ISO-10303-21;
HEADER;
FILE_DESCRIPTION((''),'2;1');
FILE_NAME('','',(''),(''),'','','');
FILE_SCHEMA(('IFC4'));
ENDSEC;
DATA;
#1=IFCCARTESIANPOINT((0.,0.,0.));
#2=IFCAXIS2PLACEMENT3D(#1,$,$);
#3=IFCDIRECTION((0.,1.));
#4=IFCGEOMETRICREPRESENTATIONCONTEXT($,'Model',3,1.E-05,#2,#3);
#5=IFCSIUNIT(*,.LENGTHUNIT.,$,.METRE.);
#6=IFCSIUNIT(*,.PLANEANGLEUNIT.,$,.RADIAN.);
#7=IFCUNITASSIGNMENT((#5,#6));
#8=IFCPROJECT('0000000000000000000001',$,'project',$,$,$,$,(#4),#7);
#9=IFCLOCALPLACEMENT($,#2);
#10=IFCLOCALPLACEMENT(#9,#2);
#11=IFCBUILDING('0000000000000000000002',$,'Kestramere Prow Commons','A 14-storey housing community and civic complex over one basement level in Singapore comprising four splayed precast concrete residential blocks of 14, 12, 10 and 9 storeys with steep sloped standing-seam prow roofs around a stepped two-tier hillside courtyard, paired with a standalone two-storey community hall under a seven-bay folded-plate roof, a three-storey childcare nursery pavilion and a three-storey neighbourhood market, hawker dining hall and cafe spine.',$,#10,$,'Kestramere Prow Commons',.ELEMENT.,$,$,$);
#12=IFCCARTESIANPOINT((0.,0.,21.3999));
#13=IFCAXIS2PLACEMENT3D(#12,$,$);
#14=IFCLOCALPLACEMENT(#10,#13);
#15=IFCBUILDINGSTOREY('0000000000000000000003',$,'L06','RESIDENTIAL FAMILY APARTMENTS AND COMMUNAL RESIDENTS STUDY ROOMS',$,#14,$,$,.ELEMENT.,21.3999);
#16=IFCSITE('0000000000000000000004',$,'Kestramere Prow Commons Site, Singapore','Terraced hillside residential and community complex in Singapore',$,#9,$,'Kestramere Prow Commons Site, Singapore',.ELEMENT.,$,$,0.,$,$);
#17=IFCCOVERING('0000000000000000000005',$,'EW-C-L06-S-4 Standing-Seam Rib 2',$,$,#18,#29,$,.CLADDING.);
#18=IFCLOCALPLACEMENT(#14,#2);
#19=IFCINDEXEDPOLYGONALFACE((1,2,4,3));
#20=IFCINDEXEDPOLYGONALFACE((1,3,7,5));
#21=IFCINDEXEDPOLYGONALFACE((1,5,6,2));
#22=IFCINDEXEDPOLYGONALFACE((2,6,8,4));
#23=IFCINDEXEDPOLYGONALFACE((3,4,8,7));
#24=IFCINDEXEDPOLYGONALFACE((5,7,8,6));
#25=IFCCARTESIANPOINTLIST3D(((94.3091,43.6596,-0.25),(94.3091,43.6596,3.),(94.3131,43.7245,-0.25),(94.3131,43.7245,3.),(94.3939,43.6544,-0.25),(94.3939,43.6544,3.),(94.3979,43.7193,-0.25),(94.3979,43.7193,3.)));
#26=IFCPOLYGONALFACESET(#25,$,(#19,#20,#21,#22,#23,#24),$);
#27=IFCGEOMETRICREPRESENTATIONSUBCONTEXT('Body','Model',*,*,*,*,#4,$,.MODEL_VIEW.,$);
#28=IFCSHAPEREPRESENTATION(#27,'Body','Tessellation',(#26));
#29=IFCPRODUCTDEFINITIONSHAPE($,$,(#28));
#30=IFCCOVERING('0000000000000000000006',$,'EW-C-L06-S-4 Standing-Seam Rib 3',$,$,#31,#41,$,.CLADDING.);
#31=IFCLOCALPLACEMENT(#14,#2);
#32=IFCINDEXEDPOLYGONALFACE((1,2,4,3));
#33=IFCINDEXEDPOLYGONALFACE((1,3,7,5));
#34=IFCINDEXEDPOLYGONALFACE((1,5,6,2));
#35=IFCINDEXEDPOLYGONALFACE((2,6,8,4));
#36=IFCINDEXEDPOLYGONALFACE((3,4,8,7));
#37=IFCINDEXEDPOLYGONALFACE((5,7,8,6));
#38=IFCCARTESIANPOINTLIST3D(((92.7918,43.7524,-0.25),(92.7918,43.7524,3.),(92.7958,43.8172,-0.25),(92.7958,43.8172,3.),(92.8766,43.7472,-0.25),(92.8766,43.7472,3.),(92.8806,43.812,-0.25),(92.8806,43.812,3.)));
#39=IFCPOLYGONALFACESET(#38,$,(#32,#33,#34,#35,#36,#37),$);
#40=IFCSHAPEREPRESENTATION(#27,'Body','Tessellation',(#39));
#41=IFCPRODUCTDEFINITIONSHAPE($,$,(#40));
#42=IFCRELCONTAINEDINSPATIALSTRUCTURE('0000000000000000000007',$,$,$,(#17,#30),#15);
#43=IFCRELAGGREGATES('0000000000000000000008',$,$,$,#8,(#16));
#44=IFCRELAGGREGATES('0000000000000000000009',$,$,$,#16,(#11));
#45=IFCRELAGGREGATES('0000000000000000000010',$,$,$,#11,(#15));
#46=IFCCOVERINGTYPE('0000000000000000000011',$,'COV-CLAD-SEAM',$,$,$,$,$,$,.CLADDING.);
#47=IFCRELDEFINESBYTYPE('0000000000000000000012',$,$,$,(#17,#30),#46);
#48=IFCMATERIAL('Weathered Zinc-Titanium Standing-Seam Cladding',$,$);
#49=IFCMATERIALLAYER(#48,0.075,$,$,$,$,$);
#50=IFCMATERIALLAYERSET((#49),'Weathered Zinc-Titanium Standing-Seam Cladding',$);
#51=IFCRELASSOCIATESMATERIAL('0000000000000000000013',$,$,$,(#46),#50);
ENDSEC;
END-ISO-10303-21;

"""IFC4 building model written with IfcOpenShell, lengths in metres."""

from ifc_helpers import new_model, si_unit, direction, frame, origin, origin_2d, place, context, subcontext, project, spatial, rectangle, extrude, material, layer, layer_set, type_object, element, save


model = new_model("IFC4")

# Units and contexts
model_context = context("Model", 3, precision=1e-05, world=origin(), true_north=direction((0.0, 1.0)))
body_context = subcontext(model_context, "Body", "Model", "MODEL_VIEW")
ifc_project = project(units=[si_unit("LENGTHUNIT", "METRE"), si_unit("PLANEANGLEUNIT", "RADIAN")], contexts=[model_context])

# Site, building, storey
site_placement = place(None, origin())
site = spatial("IfcSite", under=ifc_project, at=site_placement, Name="Kestramere Prow Commons Site, Singapore", Description="Terraced hillside residential and community complex in Singapore", LongName="Kestramere Prow Commons Site, Singapore", CompositionType="ELEMENT", RefElevation=0.0)
building_placement = place(site_placement, origin())
building = spatial("IfcBuilding", under=site, at=building_placement, Name="Kestramere Prow Commons", Description="A 14-storey housing community and civic complex over one basement level in Singapore comprising four splayed precast concrete residential blocks of 14, 12, 10 and 9 storeys with steep sloped standing-seam prow roofs around a stepped two-tier hillside courtyard, paired with a standalone two-storey community hall under a seven-bay folded-plate roof, a three-storey childcare nursery pavilion and a three-storey neighbourhood market, hawker dining hall and cafe spine.", LongName="Kestramere Prow Commons", CompositionType="ELEMENT")
storey_placement = place(building_placement, frame((0.0, 0.0, 21.3999)))
storey = spatial("IfcBuildingStorey", under=building, at=storey_placement, Name="L06", Description="RESIDENTIAL FAMILY APARTMENTS AND COMMUNAL RESIDENTS STUDY ROOMS", CompositionType="ELEMENT", Elevation=21.3999)

# Coverings
ifc_material_1 = material(Name="Weathered Zinc-Titanium Standing-Seam Cladding")
ifc_layer_1 = layer(ifc_material_1, 0.075)
ifc_layer_set_1 = layer_set([ifc_layer_1], Name="Weathered Zinc-Titanium Standing-Seam Cladding")
covering_type = type_object("IfcCoveringType", Name="COV-CLAD-SEAM", PredefinedType="CLADDING", material=ifc_layer_set_1)
for number, where, z_axis, x_axis, name in (
    (1, (94.3535, 43.6895, -0.25), (0.0, 0.0, 1.0), (-0.998135, 0.061049, 0.0), "EW-C-L06-S-4 Standing-Seam Rib 2"),
    (2, (92.8362, 43.7822, -0.25), (0.0, 0.0, 1.0), (-0.998135, 0.061049, 0.0), "EW-C-L06-S-4 Standing-Seam Rib 3"),
):
    element("IfcCovering", number, at=place(storey_placement, frame(where, z_axis=z_axis, x_axis=x_axis)), inside=storey, type_object=covering_type, Name=name, PredefinedType="CLADDING", context=body_context, shape_type="SweptSolid", body=[
        extrude(rectangle(XDim=0.085, YDim=0.0649, at=origin_2d()), origin(), (0.0, 0.0, 1.0), 3.25),
    ])

save(model, "model.ifc")
